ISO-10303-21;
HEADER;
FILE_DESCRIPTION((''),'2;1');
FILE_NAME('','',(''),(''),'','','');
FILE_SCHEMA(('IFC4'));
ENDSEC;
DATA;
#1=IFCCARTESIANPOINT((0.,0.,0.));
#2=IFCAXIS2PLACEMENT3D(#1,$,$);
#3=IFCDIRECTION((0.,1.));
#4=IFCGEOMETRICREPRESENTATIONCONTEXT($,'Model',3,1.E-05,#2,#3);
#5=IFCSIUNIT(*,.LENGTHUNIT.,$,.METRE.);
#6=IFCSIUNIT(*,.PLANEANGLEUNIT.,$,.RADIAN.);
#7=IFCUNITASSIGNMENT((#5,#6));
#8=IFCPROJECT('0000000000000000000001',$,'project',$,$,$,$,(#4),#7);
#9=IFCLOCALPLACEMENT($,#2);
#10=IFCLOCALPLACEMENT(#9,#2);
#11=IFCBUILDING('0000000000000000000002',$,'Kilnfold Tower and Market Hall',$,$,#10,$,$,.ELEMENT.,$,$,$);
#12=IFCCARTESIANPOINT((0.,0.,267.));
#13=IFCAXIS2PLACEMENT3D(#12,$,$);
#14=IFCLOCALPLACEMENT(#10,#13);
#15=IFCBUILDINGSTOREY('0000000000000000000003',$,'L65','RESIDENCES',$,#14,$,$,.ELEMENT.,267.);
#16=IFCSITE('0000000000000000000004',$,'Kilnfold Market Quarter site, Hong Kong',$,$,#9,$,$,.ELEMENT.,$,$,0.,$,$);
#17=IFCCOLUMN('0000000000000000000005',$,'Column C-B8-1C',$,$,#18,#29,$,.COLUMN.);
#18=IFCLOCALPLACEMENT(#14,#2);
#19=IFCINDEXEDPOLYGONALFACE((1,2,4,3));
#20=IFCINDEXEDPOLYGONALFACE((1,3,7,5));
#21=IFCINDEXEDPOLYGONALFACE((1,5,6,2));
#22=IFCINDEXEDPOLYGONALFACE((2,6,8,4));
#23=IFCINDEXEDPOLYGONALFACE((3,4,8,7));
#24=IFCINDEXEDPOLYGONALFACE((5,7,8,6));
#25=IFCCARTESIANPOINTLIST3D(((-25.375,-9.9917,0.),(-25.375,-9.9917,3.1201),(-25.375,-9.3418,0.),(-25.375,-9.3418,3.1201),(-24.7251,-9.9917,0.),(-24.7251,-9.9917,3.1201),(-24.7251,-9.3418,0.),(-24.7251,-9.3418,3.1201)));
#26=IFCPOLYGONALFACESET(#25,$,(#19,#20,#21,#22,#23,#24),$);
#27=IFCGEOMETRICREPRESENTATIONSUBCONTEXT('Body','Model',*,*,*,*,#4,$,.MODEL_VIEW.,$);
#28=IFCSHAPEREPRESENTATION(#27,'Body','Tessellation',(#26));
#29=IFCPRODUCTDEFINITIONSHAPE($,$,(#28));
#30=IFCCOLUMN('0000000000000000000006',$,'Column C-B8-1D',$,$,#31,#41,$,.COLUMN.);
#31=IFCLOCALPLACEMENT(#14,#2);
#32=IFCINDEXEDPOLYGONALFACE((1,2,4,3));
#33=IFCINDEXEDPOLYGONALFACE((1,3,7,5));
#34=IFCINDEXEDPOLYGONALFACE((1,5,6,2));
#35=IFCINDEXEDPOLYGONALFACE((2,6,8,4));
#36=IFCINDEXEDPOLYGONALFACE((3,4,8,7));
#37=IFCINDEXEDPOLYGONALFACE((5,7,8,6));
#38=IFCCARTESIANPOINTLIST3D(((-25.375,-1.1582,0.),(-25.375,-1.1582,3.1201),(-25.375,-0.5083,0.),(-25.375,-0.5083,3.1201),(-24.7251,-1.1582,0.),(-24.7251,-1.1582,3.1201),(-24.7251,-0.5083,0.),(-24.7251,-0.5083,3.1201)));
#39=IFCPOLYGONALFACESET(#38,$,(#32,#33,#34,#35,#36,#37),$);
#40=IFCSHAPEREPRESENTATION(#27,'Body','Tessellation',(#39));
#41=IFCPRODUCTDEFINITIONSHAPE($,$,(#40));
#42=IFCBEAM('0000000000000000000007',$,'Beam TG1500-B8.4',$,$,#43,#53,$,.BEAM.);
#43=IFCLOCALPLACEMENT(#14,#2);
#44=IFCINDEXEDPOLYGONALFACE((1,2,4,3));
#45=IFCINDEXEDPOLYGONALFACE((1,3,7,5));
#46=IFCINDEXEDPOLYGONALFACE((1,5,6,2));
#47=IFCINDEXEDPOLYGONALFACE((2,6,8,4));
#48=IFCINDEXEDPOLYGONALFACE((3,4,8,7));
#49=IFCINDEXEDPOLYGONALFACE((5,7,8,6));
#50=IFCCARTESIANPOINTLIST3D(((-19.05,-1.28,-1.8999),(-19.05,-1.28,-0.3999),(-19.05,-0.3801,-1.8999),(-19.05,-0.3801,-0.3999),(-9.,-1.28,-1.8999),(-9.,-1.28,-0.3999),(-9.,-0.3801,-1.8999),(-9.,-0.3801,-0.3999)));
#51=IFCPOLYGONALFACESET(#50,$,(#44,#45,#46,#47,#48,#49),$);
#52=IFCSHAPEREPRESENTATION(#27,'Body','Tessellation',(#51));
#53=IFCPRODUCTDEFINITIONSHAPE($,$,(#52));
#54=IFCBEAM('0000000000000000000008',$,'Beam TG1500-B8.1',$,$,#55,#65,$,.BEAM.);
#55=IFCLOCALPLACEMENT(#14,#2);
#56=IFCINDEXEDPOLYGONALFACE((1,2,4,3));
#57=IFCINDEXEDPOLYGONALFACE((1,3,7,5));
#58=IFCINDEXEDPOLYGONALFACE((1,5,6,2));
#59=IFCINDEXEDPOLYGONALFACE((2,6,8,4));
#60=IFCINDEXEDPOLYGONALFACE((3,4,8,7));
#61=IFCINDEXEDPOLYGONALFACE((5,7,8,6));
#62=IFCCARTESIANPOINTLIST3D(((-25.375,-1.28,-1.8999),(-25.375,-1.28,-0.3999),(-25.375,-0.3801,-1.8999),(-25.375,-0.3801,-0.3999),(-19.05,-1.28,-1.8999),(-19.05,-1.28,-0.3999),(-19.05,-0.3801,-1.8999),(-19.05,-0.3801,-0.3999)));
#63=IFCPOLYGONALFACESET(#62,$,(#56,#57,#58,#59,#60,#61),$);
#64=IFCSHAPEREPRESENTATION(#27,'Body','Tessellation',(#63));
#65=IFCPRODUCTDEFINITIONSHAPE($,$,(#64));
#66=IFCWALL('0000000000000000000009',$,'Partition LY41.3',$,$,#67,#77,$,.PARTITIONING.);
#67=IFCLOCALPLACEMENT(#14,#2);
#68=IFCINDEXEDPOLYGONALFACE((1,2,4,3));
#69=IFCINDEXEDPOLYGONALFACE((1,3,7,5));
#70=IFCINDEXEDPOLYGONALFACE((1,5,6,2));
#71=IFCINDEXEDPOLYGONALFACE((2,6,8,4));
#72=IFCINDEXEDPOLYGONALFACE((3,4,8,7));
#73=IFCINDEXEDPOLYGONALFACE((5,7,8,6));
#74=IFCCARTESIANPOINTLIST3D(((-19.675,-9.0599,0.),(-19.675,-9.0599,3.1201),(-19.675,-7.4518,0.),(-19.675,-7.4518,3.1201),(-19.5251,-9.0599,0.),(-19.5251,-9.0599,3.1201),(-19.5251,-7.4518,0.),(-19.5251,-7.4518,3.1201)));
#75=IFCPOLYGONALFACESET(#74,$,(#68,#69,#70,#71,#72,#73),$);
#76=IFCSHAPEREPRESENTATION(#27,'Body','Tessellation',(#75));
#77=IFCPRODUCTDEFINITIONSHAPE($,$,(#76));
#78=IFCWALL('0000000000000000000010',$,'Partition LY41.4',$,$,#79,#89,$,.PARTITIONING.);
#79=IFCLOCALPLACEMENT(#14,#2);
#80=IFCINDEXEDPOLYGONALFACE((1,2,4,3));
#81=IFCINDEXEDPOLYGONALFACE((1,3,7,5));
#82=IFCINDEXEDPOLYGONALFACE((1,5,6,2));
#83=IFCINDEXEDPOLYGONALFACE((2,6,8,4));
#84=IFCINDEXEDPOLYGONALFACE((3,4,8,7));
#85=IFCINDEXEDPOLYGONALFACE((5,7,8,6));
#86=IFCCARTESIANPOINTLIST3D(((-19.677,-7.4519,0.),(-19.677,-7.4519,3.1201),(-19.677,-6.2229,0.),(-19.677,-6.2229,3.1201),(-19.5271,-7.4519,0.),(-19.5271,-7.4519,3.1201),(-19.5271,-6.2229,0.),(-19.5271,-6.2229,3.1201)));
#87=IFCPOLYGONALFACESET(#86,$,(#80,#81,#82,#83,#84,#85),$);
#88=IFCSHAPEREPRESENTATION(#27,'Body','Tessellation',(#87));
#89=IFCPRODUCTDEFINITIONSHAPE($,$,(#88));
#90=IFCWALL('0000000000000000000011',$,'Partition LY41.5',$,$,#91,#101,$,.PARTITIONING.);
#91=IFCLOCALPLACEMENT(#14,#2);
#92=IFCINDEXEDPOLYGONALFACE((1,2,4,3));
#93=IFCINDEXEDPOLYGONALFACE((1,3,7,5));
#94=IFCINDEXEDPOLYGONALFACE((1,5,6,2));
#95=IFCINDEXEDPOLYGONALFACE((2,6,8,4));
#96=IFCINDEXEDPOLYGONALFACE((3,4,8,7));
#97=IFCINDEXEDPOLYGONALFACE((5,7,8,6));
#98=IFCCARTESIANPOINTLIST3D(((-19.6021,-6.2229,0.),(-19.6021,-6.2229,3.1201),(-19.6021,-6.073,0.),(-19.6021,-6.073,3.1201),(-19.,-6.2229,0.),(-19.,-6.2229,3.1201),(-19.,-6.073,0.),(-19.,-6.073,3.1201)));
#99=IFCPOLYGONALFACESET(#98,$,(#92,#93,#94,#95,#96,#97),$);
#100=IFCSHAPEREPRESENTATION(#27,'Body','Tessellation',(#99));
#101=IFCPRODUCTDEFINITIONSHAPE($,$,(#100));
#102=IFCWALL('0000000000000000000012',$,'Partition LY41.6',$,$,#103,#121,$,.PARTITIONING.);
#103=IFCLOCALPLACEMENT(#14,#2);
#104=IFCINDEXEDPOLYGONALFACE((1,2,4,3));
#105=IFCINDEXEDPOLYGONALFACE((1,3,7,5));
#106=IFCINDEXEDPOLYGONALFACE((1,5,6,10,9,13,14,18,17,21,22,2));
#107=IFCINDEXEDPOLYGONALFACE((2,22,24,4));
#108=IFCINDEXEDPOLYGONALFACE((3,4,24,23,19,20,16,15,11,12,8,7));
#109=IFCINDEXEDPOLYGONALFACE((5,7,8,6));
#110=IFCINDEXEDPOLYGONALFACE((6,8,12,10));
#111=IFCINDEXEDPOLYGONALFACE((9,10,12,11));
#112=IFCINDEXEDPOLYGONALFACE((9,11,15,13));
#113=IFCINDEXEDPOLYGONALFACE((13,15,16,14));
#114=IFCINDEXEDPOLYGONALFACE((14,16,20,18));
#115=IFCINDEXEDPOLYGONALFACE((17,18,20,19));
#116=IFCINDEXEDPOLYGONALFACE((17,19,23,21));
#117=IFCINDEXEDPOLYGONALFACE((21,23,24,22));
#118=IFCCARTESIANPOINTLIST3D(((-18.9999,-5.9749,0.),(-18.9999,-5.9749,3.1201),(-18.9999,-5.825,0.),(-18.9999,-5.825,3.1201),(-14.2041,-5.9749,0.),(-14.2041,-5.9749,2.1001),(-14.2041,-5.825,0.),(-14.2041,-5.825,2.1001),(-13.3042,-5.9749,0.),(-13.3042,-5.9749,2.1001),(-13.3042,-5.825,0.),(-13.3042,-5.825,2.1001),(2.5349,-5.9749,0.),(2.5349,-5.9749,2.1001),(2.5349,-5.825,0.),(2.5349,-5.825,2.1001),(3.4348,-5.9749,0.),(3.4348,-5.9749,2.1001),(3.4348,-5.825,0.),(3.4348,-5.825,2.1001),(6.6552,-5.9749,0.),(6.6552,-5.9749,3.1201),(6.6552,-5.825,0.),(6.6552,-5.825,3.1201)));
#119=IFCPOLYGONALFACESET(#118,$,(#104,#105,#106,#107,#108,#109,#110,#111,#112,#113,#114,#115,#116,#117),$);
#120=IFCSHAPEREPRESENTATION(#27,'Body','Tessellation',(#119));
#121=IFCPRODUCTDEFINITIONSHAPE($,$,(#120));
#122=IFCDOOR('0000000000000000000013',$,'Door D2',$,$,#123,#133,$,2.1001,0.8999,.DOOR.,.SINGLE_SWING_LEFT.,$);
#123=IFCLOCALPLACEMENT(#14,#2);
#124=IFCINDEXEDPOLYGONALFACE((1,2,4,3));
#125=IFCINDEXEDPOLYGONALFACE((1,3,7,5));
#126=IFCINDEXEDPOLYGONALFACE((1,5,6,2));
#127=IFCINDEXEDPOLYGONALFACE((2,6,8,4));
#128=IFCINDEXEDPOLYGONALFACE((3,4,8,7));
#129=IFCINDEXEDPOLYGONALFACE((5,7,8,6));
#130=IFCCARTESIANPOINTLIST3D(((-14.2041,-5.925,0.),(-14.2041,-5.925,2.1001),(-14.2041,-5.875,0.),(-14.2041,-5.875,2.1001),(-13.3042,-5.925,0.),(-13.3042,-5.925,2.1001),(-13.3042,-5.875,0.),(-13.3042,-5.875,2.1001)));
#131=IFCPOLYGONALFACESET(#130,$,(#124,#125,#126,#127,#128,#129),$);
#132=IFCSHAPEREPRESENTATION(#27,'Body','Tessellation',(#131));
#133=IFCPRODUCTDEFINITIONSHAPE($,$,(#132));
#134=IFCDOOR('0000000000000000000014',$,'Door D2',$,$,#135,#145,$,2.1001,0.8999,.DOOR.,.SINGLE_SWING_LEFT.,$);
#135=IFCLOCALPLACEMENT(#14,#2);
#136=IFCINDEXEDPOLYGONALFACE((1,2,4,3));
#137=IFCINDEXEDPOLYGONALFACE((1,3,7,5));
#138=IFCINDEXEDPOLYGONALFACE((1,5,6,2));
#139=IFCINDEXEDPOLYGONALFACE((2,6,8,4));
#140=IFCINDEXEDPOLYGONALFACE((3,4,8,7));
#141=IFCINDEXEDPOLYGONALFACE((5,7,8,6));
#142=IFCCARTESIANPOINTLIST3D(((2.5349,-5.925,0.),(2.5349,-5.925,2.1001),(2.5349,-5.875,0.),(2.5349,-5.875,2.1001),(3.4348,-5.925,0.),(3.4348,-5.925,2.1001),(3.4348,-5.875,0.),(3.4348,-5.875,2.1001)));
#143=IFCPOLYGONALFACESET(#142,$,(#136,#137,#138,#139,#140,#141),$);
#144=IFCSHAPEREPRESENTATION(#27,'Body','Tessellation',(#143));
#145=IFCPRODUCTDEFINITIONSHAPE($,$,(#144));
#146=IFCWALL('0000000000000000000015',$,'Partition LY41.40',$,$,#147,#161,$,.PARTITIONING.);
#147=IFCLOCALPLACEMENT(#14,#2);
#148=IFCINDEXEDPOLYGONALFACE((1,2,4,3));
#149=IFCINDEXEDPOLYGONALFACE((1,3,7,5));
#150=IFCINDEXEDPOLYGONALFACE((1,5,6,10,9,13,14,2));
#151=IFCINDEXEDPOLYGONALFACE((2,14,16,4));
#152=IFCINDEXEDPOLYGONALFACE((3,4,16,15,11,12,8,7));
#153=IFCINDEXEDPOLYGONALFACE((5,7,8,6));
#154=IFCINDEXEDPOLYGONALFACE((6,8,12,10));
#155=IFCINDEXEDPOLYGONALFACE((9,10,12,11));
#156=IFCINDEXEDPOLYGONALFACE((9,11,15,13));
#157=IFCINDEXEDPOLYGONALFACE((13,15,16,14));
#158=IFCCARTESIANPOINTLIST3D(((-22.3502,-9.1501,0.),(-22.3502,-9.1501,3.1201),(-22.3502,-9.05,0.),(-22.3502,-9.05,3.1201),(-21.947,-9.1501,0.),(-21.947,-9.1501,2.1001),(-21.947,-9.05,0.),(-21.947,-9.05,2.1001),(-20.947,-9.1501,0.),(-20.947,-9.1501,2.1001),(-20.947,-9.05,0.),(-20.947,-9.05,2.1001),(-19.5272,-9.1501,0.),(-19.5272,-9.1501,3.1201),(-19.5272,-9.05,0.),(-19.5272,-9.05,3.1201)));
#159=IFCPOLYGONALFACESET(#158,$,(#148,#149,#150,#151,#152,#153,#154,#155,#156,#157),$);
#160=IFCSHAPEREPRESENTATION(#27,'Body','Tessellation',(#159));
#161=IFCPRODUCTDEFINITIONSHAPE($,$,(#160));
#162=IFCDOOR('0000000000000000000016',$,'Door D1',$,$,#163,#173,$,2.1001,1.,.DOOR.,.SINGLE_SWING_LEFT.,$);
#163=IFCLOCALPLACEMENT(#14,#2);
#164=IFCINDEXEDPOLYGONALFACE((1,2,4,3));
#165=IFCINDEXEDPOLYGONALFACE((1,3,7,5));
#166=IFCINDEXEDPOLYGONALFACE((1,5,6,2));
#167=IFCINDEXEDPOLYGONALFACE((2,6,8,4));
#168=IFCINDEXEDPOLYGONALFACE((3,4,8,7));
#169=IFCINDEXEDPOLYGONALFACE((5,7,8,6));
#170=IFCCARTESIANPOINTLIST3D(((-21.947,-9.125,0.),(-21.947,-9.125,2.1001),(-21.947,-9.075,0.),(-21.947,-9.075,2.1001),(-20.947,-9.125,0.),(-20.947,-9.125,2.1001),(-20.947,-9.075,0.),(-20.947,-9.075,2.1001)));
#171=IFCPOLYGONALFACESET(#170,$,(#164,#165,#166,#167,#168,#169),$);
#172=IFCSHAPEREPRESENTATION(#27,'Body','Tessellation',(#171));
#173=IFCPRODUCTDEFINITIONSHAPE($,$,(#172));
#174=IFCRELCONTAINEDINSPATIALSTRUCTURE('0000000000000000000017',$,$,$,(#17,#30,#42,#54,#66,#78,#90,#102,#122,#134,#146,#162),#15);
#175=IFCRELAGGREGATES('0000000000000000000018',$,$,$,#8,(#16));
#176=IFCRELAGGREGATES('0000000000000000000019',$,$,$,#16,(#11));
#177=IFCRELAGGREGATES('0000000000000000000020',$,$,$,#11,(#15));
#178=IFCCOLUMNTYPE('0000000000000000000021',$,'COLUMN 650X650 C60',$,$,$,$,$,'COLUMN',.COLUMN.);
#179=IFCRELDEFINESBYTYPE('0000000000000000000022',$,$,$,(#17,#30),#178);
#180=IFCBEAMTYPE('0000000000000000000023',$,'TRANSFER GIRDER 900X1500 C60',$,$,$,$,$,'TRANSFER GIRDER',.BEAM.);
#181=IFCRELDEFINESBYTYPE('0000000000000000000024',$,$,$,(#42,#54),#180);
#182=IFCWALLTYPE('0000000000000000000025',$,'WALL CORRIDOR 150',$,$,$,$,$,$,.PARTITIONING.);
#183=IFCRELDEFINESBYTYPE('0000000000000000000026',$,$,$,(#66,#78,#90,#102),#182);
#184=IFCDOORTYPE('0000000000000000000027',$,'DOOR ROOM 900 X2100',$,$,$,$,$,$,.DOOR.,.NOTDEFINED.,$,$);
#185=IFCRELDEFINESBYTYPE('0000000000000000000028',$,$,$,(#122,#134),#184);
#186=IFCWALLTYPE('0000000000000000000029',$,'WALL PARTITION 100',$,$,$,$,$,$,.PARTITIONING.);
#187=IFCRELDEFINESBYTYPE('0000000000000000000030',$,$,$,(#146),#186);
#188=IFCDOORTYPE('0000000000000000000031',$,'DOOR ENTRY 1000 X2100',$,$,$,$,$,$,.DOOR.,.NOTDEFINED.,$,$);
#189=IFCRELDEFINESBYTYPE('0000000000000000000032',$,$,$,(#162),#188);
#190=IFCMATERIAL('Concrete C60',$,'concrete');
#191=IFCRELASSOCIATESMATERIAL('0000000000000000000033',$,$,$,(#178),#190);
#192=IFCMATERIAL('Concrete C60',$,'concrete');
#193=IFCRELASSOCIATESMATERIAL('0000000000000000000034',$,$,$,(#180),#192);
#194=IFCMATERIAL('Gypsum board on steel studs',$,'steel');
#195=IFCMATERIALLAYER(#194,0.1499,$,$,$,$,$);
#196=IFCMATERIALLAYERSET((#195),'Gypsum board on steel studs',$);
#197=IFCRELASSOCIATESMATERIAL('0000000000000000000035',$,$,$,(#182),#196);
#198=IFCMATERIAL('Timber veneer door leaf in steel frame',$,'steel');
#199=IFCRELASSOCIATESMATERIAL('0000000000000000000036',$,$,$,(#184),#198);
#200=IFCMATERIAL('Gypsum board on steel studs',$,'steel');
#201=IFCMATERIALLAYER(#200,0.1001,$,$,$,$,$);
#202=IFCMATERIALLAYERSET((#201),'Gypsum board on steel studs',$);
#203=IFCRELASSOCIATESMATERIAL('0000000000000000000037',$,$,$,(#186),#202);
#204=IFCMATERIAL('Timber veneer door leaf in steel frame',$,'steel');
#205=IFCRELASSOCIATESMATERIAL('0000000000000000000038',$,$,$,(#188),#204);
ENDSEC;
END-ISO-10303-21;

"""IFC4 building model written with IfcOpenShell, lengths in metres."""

from ifc_helpers import new_model, si_unit, direction, frame, frame_2d, origin, origin_2d, place, context, subcontext, project, spatial, rectangle, extrude, source, transform, mapped, material, layer, layer_set, material_profile, profile_set, type_object, element, fill, save


model = new_model("IFC4")

# Units and contexts
model_context = context("Model", 3, precision=1e-05, world=origin(), true_north=direction((0.0, 1.0)))
body_context = subcontext(model_context, "Body", "Model", "MODEL_VIEW")
ifc_project = project(units=[si_unit("LENGTHUNIT", "METRE"), si_unit("PLANEANGLEUNIT", "RADIAN")], contexts=[model_context])

# Site, building, storey
site_placement = place(None, origin())
site = spatial("IfcSite", under=ifc_project, at=site_placement, Name="Kilnfold Market Quarter site, Hong Kong", CompositionType="ELEMENT", RefElevation=0.0)
building_placement = place(site_placement, origin())
building = spatial("IfcBuilding", under=site, at=building_placement, Name="Kilnfold Tower and Market Hall", CompositionType="ELEMENT")
storey_placement = place(building_placement, frame((0.0, 0.0, 267.0)))
storey = spatial("IfcBuildingStorey", under=building, at=storey_placement, Name="L65", Description="RESIDENCES", CompositionType="ELEMENT", Elevation=267.0)

# Columns
ifc_material_1 = material(Name="Concrete C60", Category="concrete")
ifc_material_profile_1 = material_profile(ifc_material_1, rectangle(XDim=0.6499, YDim=0.6499, at=origin_2d()), Name="RC 650x650")
ifc_profile_set_1 = profile_set([ifc_material_profile_1], Name="Concrete C60")
column_type = type_object("IfcColumnType", Name="COLUMN 650X650 C60", ElementType="COLUMN", PredefinedType="COLUMN", material=ifc_profile_set_1)
shared_shape_1 = source(origin(), body_context, "Body", "SweptSolid", [
    extrude(rectangle(XDim=0.6499, YDim=0.6499, at=origin_2d()), origin(), (0.0, 0.0, 1.0), 3.1201),
])
for number, where, z_axis, x_axis, name in (
    (1, (-25.05, -9.6667, 0.0), (0.0, 0.0, 1.0), (1.0, 0.0, 0.0), "Column C-B8-1C"),
    (2, (-25.05, -0.8333, 0.0), (0.0, 0.0, 1.0), (1.0, 0.0, 0.0), "Column C-B8-1D"),
):
    element("IfcColumn", number, at=place(storey_placement, frame(where, z_axis=z_axis, x_axis=x_axis)), inside=storey, type_object=column_type, Name=name, PredefinedType="COLUMN", context=body_context, shape_type="MappedRepresentation", body=[
        mapped(shared_shape_1, transform((0.0, 0.0, 0.0))),
    ])

# Beams
ifc_material_2 = material(Name="Concrete C60", Category="concrete")
ifc_material_profile_2 = material_profile(ifc_material_2, rectangle(XDim=0.8999, YDim=1.5, at=origin_2d()), Name="RC 900x1500")
ifc_profile_set_2 = profile_set([ifc_material_profile_2], Name="Concrete C60")
beam_type = type_object("IfcBeamType", Name="TRANSFER GIRDER 900X1500 C60", ElementType="TRANSFER GIRDER", PredefinedType="BEAM", material=ifc_profile_set_2)
shared_shape_2 = source(origin(), body_context, "Body", "SweptSolid", [
    extrude(rectangle(XDim=0.8999, YDim=1.5, at=origin_2d()), origin(), (0.0, 0.0, 1.0), 10.05),
])
beam_1_placement = place(storey_placement, frame((-19.05, -0.8301, -1.1499), z_axis=(1.0, 0.0, 0.0), x_axis=(0.0, 1.0, 0.0)))
element("IfcBeam", 3, at=beam_1_placement, inside=storey, type_object=beam_type, Name="Beam TG1500-B8.4", PredefinedType="BEAM", context=body_context, shape_type="MappedRepresentation", body=[
    mapped(shared_shape_2, transform((0.0, 0.0, 0.0))),
])
shared_shape_3 = source(origin(), body_context, "Body", "SweptSolid", [
    extrude(rectangle(XDim=0.8999, YDim=1.5, at=origin_2d()), origin(), (0.0, 0.0, 1.0), 6.325),
])
beam_2_placement = place(storey_placement, frame((-25.375, -0.8301, -1.1499), z_axis=(1.0, 0.0, 0.0), x_axis=(0.0, 1.0, 0.0)))
element("IfcBeam", 4, at=beam_2_placement, inside=storey, type_object=beam_type, Name="Beam TG1500-B8.1", PredefinedType="BEAM", context=body_context, shape_type="MappedRepresentation", body=[
    mapped(shared_shape_3, transform((0.0, 0.0, 0.0))),
])

# Walls
ifc_material_3 = material(Name="Gypsum board on steel studs", Category="steel")
ifc_layer_1 = layer(ifc_material_3, 0.1499)
ifc_layer_set_1 = layer_set([ifc_layer_1], Name="Gypsum board on steel studs")
wall_type_1 = type_object("IfcWallType", Name="WALL CORRIDOR 150", PredefinedType="PARTITIONING", material=ifc_layer_set_1)
wall_1_placement = place(storey_placement, frame((-19.6001, -9.0601, 0.0), z_axis=(0.0, 0.0, 1.0), x_axis=(0.0, 1.0, 0.0)))
element("IfcWall", 5, at=wall_1_placement, inside=storey, type_object=wall_type_1, Name="Partition LY41.3", PredefinedType="PARTITIONING", context=body_context, shape_type="SweptSolid", body=[
    extrude(rectangle(XDim=1.6082, YDim=0.1499, at=frame_2d((0.8042, 0.0))), origin(), (0.0, 0.0, 1.0), 3.1201),
])
wall_2_placement = place(storey_placement, frame((-19.6021, -7.4519, 0.0), z_axis=(0.0, 0.0, 1.0), x_axis=(0.0, 1.0, 0.0)))
element("IfcWall", 6, at=wall_2_placement, inside=storey, type_object=wall_type_1, Name="Partition LY41.4", PredefinedType="PARTITIONING", context=body_context, shape_type="SweptSolid", body=[
    extrude(rectangle(XDim=1.229, YDim=0.1499, at=frame_2d((0.6145, 0.0))), origin(), (0.0, 0.0, 1.0), 3.1201),
])
wall_3_placement = place(storey_placement, frame((-19.0, -6.1479, 0.0), z_axis=(0.0, 0.0, 1.0), x_axis=(-1.0, 0.0, 0.0)))
element("IfcWall", 7, at=wall_3_placement, inside=storey, type_object=wall_type_1, Name="Partition LY41.5", PredefinedType="PARTITIONING", context=body_context, shape_type="SweptSolid", body=[
    extrude(rectangle(XDim=0.6021, YDim=0.1499, at=frame_2d((0.301, 0.0))), origin(), (0.0, 0.0, 1.0), 3.1201),
])

# Wall, openings, doors
wall_4_placement = place(storey_placement, frame((-19.0, -5.8999, 0.0), z_axis=(0.0, 0.0, 1.0), x_axis=(1.0, 0.0, 0.0)))
wall_4 = element("IfcWall", 8, at=wall_4_placement, inside=storey, type_object=wall_type_1, Name="Partition LY41.6", PredefinedType="PARTITIONING", context=body_context, shape_type="SweptSolid", body=[
    extrude(rectangle(XDim=25.655, YDim=0.1499, at=frame_2d((12.8276, 0.0))), origin(), (0.0, 0.0, 1.0), 3.1201),
])
opening_1_placement = place(wall_4_placement, frame((4.7959, 0.0, 0.0)))
opening_1 = element("IfcOpeningElement", 9, at=opening_1_placement, cuts=wall_4, PredefinedType="OPENING", context=body_context, shape_type="SweptSolid", body=[
    extrude(rectangle(XDim=0.8999, YDim=2.1001, at=frame_2d((0.45, 1.05))), frame((0.0, 0.085, 0.0), z_axis=(0.0, -1.0, 0.0), x_axis=(1.0, 0.0, 0.0)), (0.0, 0.0, 1.0), 0.1699),
])
opening_2_placement = place(wall_4_placement, frame((21.5349, 0.0, 0.0)))
opening_2 = element("IfcOpeningElement", 10, at=opening_2_placement, cuts=wall_4, PredefinedType="OPENING", context=body_context, shape_type="SweptSolid", body=[
    extrude(rectangle(XDim=0.8999, YDim=2.1001, at=frame_2d((0.45, 1.05))), frame((0.0, 0.085, 0.0), z_axis=(0.0, -1.0, 0.0), x_axis=(1.0, 0.0, 0.0)), (0.0, 0.0, 1.0), 0.1699),
])
ifc_material_4 = material(Name="Timber veneer door leaf in steel frame", Category="steel")
door_type_1 = type_object("IfcDoorType", Name="DOOR ROOM 900 X2100", OperationType="NOTDEFINED", PredefinedType="DOOR", material=ifc_material_4)
door_1_placement = place(opening_1_placement, origin())
door_1 = element("IfcDoor", 11, at=door_1_placement, inside=storey, type_object=door_type_1, Name="Door D2", OperationType="SINGLE_SWING_LEFT", OverallHeight=2.1001, OverallWidth=0.8999, PredefinedType="DOOR", context=body_context, shape_type="SweptSolid", body=[
    extrude(rectangle(XDim=0.8999, YDim=2.1001, at=frame_2d((0.45, 1.05))), frame((0.0, 0.0249, 0.0), z_axis=(0.0, -1.0, 0.0), x_axis=(1.0, 0.0, 0.0)), (0.0, 0.0, 1.0), 0.05),
])
fill(opening_1, door_1)
door_2_placement = place(opening_2_placement, origin())
door_2 = element("IfcDoor", 12, at=door_2_placement, inside=storey, type_object=door_type_1, Name="Door D2", OperationType="SINGLE_SWING_LEFT", OverallHeight=2.1001, OverallWidth=0.8999, PredefinedType="DOOR", context=body_context, shape_type="SweptSolid", body=[
    extrude(rectangle(XDim=0.8999, YDim=2.1001, at=frame_2d((0.45, 1.05))), frame((0.0, 0.0249, 0.0), z_axis=(0.0, -1.0, 0.0), x_axis=(1.0, 0.0, 0.0)), (0.0, 0.0, 1.0), 0.05),
])
fill(opening_2, door_2)

# Wall, opening, door
ifc_material_5 = material(Name="Gypsum board on steel studs", Category="steel")
ifc_layer_2 = layer(ifc_material_5, 0.1001)
ifc_layer_set_2 = layer_set([ifc_layer_2], Name="Gypsum board on steel studs")
wall_type_2 = type_object("IfcWallType", Name="WALL PARTITION 100", PredefinedType="PARTITIONING", material=ifc_layer_set_2)
wall_5_placement = place(storey_placement, frame((-19.5271, -9.1001, 0.0), z_axis=(0.0, 0.0, 1.0), x_axis=(-1.0, 0.0, 0.0)))
wall_5 = element("IfcWall", 13, at=wall_5_placement, inside=storey, type_object=wall_type_2, Name="Partition LY41.40", PredefinedType="PARTITIONING", context=body_context, shape_type="SweptSolid", body=[
    extrude(rectangle(XDim=2.823, YDim=0.1001, at=frame_2d((1.4116, 0.0))), origin(), (0.0, 0.0, 1.0), 3.1201),
])
opening_3_placement = place(wall_5_placement, frame((1.4199, 0.0, 0.0)))
opening_3 = element("IfcOpeningElement", 14, at=opening_3_placement, cuts=wall_5, PredefinedType="OPENING", context=body_context, shape_type="SweptSolid", body=[
    extrude(rectangle(XDim=1.0, YDim=2.1001, at=frame_2d((0.5, 1.05))), frame((0.0, 0.0601, 0.0), z_axis=(0.0, -1.0, 0.0), x_axis=(1.0, 0.0, 0.0)), (0.0, 0.0, 1.0), 0.1201),
])
ifc_material_6 = material(Name="Timber veneer door leaf in steel frame", Category="steel")
door_type_2 = type_object("IfcDoorType", Name="DOOR ENTRY 1000 X2100", OperationType="NOTDEFINED", PredefinedType="DOOR", material=ifc_material_6)
door_3_placement = place(opening_3_placement, origin())
door_3 = element("IfcDoor", 15, at=door_3_placement, inside=storey, type_object=door_type_2, Name="Door D1", OperationType="SINGLE_SWING_LEFT", OverallHeight=2.1001, OverallWidth=1.0, PredefinedType="DOOR", context=body_context, shape_type="SweptSolid", body=[
    extrude(rectangle(XDim=1.0, YDim=2.1001, at=frame_2d((0.5, 1.05))), frame((0.0, 0.0249, 0.0), z_axis=(0.0, -1.0, 0.0), x_axis=(1.0, 0.0, 0.0)), (0.0, 0.0, 1.0), 0.05),
])
fill(opening_3, door_3)

save(model, "model.ifc")
